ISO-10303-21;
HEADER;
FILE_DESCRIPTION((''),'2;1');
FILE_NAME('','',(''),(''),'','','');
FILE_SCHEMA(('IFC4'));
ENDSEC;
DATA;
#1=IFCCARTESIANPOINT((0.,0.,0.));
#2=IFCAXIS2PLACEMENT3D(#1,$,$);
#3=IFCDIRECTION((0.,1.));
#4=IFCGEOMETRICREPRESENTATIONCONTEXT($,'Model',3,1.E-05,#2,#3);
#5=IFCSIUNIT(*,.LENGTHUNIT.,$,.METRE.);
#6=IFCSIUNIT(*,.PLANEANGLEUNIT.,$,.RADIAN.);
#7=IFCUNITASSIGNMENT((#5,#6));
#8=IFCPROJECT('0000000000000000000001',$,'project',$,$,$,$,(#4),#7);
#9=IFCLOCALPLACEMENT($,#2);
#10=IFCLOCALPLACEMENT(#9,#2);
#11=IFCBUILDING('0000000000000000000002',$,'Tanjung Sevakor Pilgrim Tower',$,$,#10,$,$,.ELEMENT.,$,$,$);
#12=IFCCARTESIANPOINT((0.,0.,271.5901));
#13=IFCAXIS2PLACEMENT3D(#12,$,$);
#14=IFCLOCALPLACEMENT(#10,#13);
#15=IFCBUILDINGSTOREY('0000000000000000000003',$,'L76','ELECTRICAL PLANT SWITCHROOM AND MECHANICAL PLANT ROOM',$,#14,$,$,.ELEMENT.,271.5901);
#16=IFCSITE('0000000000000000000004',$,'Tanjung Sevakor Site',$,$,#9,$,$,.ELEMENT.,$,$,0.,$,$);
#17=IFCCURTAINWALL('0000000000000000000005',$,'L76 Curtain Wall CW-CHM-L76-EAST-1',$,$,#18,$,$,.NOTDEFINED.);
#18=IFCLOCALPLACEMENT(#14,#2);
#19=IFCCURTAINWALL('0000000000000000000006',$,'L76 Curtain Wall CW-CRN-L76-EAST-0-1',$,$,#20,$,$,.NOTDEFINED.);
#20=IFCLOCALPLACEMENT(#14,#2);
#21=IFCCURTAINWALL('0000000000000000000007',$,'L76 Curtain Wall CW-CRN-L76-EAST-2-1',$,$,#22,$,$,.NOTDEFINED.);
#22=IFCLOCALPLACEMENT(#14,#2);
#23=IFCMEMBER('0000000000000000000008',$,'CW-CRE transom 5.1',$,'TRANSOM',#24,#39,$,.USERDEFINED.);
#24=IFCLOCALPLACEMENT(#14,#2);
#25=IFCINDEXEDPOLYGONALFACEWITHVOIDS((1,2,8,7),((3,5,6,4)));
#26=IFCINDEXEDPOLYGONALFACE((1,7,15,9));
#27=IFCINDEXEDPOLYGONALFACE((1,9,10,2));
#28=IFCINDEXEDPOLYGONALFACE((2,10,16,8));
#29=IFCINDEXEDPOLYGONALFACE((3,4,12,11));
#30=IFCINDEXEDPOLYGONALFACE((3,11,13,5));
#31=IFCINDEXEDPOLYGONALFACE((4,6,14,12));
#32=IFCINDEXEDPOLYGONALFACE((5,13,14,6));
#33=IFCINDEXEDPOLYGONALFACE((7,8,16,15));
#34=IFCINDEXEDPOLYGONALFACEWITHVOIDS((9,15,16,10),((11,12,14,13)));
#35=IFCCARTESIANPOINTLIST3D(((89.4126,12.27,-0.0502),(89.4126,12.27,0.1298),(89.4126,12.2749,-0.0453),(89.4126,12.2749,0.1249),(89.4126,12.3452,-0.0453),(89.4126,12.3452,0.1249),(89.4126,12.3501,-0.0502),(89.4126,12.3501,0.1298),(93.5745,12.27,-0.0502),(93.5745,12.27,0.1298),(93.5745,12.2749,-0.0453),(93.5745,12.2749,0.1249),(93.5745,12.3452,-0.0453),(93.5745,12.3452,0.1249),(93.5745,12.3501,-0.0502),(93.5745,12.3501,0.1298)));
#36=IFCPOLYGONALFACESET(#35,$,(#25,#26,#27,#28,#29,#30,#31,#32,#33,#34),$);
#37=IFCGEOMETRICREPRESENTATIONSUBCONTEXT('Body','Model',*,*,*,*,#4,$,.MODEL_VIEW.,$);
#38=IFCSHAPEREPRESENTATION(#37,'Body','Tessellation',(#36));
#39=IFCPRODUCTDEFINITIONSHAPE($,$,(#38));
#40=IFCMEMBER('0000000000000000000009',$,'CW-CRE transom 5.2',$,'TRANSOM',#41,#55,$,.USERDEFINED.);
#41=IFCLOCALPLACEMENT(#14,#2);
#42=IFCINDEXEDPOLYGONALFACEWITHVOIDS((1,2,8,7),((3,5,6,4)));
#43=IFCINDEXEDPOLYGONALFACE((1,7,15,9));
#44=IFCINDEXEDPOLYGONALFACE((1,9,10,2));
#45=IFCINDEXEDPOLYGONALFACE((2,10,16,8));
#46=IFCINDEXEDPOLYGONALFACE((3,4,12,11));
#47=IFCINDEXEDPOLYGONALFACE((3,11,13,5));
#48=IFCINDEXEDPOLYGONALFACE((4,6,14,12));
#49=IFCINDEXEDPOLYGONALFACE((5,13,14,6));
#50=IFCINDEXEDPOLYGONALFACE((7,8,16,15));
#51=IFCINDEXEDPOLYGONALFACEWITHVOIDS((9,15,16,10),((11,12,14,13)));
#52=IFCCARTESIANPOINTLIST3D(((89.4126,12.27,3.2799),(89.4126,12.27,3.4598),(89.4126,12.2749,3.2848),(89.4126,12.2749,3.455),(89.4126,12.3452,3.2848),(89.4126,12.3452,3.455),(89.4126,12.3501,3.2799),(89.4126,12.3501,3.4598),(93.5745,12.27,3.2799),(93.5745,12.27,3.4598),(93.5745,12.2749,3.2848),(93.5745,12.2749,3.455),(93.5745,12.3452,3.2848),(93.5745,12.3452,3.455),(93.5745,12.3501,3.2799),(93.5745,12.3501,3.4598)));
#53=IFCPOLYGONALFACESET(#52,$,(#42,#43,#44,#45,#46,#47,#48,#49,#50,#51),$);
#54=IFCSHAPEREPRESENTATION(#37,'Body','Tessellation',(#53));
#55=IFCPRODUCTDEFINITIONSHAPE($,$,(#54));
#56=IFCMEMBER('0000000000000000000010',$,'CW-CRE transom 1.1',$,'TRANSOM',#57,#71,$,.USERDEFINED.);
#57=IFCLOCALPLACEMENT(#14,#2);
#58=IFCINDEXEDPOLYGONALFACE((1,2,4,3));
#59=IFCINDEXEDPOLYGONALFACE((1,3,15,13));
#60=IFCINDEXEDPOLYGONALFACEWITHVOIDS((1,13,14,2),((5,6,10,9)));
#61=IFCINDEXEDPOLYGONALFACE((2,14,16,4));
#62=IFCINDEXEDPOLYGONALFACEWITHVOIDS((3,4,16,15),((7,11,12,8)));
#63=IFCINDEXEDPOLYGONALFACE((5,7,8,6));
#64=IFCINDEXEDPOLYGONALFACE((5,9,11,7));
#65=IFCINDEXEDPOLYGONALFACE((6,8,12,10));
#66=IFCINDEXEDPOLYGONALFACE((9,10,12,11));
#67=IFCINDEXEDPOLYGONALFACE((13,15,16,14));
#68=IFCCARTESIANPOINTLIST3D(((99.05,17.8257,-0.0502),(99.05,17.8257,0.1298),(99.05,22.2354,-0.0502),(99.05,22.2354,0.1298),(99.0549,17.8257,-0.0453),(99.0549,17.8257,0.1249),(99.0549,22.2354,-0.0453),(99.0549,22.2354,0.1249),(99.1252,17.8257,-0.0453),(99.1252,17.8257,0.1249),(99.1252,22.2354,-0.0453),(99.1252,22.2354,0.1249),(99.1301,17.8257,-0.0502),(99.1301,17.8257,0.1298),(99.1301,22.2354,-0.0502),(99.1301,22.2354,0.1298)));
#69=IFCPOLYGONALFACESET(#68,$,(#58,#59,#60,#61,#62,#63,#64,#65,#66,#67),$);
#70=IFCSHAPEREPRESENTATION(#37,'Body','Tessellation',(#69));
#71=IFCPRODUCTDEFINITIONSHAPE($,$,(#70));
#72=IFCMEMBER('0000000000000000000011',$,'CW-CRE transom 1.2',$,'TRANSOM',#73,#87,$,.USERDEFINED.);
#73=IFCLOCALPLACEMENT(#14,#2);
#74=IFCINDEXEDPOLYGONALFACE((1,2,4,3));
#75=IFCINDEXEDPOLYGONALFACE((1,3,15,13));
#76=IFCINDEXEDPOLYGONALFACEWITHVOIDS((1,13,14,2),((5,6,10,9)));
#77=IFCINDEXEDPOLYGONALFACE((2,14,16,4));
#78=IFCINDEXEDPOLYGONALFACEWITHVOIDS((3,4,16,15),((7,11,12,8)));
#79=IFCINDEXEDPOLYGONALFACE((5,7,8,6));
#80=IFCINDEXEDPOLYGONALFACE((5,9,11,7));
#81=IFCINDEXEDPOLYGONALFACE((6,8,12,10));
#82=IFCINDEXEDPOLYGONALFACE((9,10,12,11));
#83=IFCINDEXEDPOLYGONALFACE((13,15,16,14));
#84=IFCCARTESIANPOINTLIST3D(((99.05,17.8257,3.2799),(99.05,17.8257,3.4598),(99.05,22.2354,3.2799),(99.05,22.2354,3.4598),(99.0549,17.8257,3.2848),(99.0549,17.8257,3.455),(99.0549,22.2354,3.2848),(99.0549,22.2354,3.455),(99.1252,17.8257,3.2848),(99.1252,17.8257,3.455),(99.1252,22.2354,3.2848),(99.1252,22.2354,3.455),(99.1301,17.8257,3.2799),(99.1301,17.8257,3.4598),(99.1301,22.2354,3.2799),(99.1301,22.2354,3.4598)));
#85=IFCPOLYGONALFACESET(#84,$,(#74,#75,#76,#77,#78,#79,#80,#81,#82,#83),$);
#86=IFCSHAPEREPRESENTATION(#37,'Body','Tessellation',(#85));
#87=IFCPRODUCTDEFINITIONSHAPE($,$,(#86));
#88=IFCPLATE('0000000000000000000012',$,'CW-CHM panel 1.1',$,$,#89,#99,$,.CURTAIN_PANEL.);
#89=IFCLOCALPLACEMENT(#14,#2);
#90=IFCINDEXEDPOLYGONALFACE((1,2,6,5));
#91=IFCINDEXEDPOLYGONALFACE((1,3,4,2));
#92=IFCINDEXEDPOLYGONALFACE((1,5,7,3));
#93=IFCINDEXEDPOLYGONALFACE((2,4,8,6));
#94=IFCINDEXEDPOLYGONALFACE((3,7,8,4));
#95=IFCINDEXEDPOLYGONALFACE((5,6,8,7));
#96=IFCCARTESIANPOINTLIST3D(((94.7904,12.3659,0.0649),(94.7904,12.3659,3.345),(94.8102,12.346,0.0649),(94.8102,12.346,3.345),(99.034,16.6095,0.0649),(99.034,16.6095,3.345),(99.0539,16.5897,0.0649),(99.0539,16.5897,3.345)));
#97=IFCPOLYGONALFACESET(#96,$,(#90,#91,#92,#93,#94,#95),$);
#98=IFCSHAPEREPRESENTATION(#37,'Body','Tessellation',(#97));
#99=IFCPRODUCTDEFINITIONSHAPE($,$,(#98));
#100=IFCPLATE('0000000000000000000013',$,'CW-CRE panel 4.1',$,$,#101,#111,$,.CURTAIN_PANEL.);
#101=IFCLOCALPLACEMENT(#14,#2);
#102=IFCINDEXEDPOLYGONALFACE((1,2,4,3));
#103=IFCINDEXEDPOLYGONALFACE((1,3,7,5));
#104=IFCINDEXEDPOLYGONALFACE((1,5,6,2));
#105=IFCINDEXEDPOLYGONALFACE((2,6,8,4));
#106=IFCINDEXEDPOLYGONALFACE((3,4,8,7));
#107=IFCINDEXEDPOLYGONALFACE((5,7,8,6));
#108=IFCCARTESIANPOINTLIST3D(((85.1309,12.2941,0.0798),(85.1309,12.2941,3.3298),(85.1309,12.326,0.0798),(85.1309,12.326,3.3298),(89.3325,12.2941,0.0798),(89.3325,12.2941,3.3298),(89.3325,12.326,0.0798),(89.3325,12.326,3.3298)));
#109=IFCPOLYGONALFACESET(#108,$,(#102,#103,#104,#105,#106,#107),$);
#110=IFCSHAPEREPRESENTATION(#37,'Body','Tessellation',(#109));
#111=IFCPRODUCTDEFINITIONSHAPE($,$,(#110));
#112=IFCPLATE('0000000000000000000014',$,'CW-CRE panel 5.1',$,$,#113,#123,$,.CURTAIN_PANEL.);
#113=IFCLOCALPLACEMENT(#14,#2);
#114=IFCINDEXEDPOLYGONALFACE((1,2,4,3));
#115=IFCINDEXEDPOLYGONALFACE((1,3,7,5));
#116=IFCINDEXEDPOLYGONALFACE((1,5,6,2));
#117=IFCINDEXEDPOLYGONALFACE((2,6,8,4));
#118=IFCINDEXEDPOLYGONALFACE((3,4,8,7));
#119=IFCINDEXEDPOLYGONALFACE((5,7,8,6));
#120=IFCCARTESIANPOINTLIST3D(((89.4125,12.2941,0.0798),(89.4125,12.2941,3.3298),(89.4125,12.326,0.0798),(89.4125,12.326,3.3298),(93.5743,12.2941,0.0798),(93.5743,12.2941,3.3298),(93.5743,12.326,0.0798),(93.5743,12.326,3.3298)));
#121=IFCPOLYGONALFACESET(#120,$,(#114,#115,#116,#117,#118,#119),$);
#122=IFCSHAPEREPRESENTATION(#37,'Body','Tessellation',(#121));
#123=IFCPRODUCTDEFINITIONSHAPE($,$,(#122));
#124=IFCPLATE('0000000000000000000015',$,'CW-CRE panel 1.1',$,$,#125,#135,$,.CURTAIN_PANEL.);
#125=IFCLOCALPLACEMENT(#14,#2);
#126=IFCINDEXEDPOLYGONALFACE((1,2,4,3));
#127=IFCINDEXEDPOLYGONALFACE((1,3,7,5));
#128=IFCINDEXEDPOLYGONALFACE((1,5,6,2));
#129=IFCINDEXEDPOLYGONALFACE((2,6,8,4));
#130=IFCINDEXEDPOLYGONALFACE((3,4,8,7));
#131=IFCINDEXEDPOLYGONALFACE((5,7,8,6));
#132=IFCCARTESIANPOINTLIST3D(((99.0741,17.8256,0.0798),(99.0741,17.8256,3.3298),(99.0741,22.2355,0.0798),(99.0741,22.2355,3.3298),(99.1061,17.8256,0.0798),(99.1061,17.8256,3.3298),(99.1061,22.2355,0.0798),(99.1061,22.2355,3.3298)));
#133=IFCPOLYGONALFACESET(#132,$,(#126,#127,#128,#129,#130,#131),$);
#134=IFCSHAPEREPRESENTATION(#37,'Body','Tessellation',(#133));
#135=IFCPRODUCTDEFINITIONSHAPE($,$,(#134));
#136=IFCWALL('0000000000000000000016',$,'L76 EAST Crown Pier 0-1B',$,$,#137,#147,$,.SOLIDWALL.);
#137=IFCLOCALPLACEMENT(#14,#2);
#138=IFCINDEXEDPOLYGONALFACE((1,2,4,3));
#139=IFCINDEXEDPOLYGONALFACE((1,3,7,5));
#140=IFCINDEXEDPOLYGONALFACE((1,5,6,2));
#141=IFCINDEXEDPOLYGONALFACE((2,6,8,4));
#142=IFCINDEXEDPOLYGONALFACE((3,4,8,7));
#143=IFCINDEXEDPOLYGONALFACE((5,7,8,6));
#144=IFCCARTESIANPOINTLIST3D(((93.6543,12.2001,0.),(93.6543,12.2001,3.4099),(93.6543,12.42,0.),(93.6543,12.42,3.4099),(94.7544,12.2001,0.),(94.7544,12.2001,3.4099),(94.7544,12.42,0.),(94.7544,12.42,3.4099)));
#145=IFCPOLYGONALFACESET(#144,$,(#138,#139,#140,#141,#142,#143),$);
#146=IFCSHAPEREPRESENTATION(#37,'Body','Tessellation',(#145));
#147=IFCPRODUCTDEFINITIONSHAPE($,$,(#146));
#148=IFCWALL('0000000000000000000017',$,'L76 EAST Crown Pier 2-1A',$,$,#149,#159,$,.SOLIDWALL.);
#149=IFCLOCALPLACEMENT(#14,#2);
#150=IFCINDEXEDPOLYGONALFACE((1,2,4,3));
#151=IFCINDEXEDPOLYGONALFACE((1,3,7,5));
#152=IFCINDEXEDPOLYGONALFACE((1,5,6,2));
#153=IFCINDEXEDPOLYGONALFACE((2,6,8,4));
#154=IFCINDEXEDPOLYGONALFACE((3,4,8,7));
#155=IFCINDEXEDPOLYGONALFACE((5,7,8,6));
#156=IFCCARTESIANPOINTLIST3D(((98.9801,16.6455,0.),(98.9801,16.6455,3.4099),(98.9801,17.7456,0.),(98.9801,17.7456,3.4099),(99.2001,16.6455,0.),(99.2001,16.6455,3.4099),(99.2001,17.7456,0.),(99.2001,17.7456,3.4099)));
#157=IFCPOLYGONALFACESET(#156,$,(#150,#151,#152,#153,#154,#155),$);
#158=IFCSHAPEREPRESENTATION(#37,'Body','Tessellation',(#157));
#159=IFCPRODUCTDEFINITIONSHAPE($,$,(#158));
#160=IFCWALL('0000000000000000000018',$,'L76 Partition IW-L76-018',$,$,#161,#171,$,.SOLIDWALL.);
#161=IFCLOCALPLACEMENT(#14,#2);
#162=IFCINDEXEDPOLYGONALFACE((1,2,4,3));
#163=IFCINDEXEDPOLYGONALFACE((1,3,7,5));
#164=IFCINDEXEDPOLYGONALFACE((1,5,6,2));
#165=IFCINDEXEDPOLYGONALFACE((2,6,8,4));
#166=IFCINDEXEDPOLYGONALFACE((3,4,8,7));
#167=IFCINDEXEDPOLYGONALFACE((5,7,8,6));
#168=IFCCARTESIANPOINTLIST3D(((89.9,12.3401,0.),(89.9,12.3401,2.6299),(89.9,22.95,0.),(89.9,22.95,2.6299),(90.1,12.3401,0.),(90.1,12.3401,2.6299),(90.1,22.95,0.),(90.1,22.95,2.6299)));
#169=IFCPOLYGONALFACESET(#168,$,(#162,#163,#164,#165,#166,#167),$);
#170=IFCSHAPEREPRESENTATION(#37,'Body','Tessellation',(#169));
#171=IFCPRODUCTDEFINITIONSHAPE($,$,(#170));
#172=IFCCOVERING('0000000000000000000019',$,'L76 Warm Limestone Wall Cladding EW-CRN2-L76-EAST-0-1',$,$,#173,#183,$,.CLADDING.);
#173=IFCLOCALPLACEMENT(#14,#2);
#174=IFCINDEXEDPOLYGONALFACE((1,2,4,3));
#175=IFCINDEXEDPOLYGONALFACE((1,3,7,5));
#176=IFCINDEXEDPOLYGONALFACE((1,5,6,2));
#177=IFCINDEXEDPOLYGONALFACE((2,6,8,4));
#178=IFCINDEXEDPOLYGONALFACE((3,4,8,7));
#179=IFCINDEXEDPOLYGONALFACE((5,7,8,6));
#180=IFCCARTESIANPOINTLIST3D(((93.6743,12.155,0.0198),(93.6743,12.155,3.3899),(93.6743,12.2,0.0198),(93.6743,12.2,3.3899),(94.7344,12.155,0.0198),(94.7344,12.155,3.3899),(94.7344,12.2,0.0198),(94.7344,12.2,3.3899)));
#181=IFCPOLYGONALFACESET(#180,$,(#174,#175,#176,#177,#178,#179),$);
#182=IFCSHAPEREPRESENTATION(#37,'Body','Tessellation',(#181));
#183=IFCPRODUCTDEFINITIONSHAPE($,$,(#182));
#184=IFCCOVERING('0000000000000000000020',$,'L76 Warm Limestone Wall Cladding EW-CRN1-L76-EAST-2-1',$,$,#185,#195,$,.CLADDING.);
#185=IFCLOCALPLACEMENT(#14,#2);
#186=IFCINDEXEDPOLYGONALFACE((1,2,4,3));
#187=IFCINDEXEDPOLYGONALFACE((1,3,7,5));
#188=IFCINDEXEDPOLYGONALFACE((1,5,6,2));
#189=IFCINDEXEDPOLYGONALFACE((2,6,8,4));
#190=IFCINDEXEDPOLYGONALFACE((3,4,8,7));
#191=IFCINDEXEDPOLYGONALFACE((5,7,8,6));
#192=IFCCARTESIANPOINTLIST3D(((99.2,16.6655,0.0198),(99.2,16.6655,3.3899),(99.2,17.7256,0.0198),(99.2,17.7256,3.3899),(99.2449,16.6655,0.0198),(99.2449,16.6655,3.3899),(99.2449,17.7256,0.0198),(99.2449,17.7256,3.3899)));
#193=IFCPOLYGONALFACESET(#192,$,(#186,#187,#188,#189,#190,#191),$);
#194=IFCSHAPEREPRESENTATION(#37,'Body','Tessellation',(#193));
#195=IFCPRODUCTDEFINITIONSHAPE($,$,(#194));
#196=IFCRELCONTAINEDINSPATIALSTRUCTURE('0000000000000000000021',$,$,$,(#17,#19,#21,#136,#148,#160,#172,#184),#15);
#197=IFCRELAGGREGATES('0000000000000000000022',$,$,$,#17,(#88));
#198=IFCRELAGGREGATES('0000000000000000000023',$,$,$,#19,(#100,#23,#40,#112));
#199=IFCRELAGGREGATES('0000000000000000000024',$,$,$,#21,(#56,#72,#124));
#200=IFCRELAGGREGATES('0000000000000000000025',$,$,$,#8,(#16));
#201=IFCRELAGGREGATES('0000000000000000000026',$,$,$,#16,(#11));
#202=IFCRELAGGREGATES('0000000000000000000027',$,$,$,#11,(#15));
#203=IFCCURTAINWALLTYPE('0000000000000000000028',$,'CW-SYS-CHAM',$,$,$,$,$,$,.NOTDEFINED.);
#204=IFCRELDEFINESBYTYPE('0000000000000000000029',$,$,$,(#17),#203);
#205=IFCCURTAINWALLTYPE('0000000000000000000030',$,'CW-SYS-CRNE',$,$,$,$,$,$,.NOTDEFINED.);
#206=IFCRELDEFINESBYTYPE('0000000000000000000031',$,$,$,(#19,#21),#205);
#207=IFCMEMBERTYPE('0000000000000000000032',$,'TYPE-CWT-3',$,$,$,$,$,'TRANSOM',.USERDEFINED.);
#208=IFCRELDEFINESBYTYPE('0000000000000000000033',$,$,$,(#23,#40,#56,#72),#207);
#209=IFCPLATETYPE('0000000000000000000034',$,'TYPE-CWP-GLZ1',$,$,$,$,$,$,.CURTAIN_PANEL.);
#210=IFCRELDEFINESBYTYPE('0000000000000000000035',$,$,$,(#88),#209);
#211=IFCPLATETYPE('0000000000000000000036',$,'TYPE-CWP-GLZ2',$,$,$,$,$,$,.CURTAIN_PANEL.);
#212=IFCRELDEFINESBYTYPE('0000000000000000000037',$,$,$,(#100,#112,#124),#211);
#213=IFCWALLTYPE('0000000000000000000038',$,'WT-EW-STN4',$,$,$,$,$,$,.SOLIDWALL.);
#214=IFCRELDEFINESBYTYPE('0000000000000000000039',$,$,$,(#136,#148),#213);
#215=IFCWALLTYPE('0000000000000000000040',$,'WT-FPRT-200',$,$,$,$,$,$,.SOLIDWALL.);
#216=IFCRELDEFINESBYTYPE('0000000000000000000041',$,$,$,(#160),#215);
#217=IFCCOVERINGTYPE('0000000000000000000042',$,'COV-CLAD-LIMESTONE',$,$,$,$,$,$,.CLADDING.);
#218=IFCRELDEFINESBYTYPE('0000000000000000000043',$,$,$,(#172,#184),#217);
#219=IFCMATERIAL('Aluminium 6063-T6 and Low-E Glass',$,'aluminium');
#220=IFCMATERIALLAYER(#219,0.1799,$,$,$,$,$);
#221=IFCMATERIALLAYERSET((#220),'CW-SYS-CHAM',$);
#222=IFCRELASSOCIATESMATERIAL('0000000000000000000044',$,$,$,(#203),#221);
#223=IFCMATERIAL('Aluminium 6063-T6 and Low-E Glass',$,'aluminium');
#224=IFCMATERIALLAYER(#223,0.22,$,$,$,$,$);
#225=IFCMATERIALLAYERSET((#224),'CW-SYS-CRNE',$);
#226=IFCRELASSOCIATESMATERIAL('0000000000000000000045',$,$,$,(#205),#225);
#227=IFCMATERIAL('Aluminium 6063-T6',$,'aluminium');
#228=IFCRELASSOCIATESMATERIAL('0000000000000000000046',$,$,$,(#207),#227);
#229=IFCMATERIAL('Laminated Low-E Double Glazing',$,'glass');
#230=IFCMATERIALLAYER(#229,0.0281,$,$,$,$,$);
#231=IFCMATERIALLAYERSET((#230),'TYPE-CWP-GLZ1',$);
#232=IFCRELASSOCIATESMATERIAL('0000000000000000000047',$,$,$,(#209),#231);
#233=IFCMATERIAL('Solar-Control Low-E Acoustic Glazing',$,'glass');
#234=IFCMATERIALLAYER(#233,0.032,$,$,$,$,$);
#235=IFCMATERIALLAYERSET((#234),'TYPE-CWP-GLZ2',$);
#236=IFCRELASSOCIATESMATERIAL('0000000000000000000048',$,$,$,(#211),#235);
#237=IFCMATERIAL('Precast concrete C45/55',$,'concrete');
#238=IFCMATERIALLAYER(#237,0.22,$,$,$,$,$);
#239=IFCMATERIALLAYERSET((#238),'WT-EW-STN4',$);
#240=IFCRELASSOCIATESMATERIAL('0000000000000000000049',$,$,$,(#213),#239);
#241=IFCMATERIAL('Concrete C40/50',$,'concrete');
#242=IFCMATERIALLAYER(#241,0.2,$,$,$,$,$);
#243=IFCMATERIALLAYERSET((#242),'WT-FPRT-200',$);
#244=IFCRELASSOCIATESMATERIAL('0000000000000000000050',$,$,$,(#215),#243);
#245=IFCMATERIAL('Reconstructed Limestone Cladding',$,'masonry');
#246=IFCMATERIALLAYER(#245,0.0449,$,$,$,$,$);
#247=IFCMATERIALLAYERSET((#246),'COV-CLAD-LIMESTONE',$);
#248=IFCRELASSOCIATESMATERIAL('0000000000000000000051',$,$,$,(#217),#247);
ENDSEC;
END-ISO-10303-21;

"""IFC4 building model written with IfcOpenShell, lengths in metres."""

from ifc_helpers import new_model, si_unit, direction, frame, frame_2d, origin, origin_2d, place, context, subcontext, project, spatial, rectangle, hollow_rectangle, extrude, material, layer, layer_set, material_profile, profile_set, type_object, element, aggregate, save


model = new_model("IFC4")

# Units and contexts
model_context = context("Model", 3, precision=1e-05, world=origin(), true_north=direction((0.0, 1.0)))
body_context = subcontext(model_context, "Body", "Model", "MODEL_VIEW")
ifc_project = project(units=[si_unit("LENGTHUNIT", "METRE"), si_unit("PLANEANGLEUNIT", "RADIAN")], contexts=[model_context])

# Site, building, storey
site_placement = place(None, origin())
site = spatial("IfcSite", under=ifc_project, at=site_placement, Name="Tanjung Sevakor Site", CompositionType="ELEMENT", RefElevation=0.0)
building_placement = place(site_placement, origin())
building = spatial("IfcBuilding", under=site, at=building_placement, Name="Tanjung Sevakor Pilgrim Tower", CompositionType="ELEMENT")
storey_placement = place(building_placement, frame((0.0, 0.0, 271.5901)))
storey = spatial("IfcBuildingStorey", under=building, at=storey_placement, Name="L76", Description="ELECTRICAL PLANT SWITCHROOM AND MECHANICAL PLANT ROOM", CompositionType="ELEMENT", Elevation=271.5901)

# Curtain walls
ifc_material_1 = material(Name="Aluminium 6063-T6 and Low-E Glass", Category="aluminium")
ifc_layer_1 = layer(ifc_material_1, 0.1799)
ifc_layer_set_1 = layer_set([ifc_layer_1], Name="CW-SYS-CHAM")
curtain_wall_type_1 = type_object("IfcCurtainWallType", Name="CW-SYS-CHAM", PredefinedType="NOTDEFINED", material=ifc_layer_set_1)
curtain_wall_1_placement = place(storey_placement, origin())
curtain_wall_1 = element("IfcCurtainWall", 1, at=curtain_wall_1_placement, inside=storey, type_object=curtain_wall_type_1, Name="L76 Curtain Wall CW-CHM-L76-EAST-1", PredefinedType="NOTDEFINED")
ifc_material_2 = material(Name="Aluminium 6063-T6 and Low-E Glass", Category="aluminium")
ifc_layer_2 = layer(ifc_material_2, 0.22)
ifc_layer_set_2 = layer_set([ifc_layer_2], Name="CW-SYS-CRNE")
curtain_wall_type_2 = type_object("IfcCurtainWallType", Name="CW-SYS-CRNE", PredefinedType="NOTDEFINED", material=ifc_layer_set_2)
curtain_wall_2_placement = place(storey_placement, origin())
curtain_wall_2 = element("IfcCurtainWall", 2, at=curtain_wall_2_placement, inside=storey, type_object=curtain_wall_type_2, Name="L76 Curtain Wall CW-CRN-L76-EAST-0-1", PredefinedType="NOTDEFINED")

# Curtain wall
curtain_wall_3_placement = place(storey_placement, origin())
curtain_wall_3 = element("IfcCurtainWall", 3, at=curtain_wall_3_placement, inside=storey, type_object=curtain_wall_type_2, Name="L76 Curtain Wall CW-CRN-L76-EAST-2-1", PredefinedType="NOTDEFINED")

# Members
ifc_material_3 = material(Name="Aluminium 6063-T6", Category="aluminium")
ifc_material_profile_1 = material_profile(ifc_material_3, hollow_rectangle(XDim=0.0801, YDim=0.1799, WallThickness=0.0049, at=origin_2d()))
ifc_profile_set_1 = profile_set([ifc_material_profile_1], Name="Aluminium 6063-T6")
member_type_1 = type_object("IfcMemberType", Name="TYPE-CWT-3", ElementType="TRANSOM", PredefinedType="USERDEFINED", material=ifc_profile_set_1)
member_1_placement = place(storey_placement, frame((89.4126, 12.3101, 0.0398), z_axis=(1.0, 0.0, 0.0), x_axis=(0.0, 1.0, 0.0)))
member_1 = element("IfcMember", 4, at=member_1_placement, type_object=member_type_1, Name="CW-CRE transom 5.1", ObjectType="TRANSOM", PredefinedType="USERDEFINED", context=body_context, shape_type="SweptSolid", body=[
    extrude(hollow_rectangle(XDim=0.0801, YDim=0.1799, WallThickness=0.0049, at=origin_2d()), origin(), (0.0, 0.0, 1.0), 4.1619),
])
member_2_placement = place(storey_placement, frame((89.4126, 12.3101, 3.3699), z_axis=(1.0, 0.0, 0.0), x_axis=(0.0, 1.0, 0.0)))
member_2 = element("IfcMember", 5, at=member_2_placement, type_object=member_type_1, Name="CW-CRE transom 5.2", ObjectType="TRANSOM", PredefinedType="USERDEFINED", context=body_context, shape_type="SweptSolid", body=[
    extrude(hollow_rectangle(XDim=0.0801, YDim=0.1799, WallThickness=0.0049, at=origin_2d()), origin(), (0.0, 0.0, 1.0), 4.1619),
])
member_3_placement = place(storey_placement, frame((99.0901, 17.8257, 0.0398), z_axis=(0.0, 1.0, 0.0), x_axis=(-1.0, 0.0, 0.0)))
member_3 = element("IfcMember", 6, at=member_3_placement, type_object=member_type_1, Name="CW-CRE transom 1.1", ObjectType="TRANSOM", PredefinedType="USERDEFINED", context=body_context, shape_type="SweptSolid", body=[
    extrude(hollow_rectangle(XDim=0.0801, YDim=0.1799, WallThickness=0.0049, at=origin_2d()), origin(), (0.0, 0.0, 1.0), 4.4097),
])
member_4_placement = place(storey_placement, frame((99.0901, 17.8257, 3.3699), z_axis=(0.0, 1.0, 0.0), x_axis=(-1.0, 0.0, 0.0)))
member_4 = element("IfcMember", 7, at=member_4_placement, type_object=member_type_1, Name="CW-CRE transom 1.2", ObjectType="TRANSOM", PredefinedType="USERDEFINED", context=body_context, shape_type="SweptSolid", body=[
    extrude(hollow_rectangle(XDim=0.0801, YDim=0.1799, WallThickness=0.0049, at=origin_2d()), origin(), (0.0, 0.0, 1.0), 4.4097),
])

# Plates
ifc_material_4 = material(Name="Laminated Low-E Double Glazing", Category="glass")
ifc_layer_3 = layer(ifc_material_4, 0.0281)
ifc_layer_set_3 = layer_set([ifc_layer_3], Name="TYPE-CWP-GLZ1")
plate_type_1 = type_object("IfcPlateType", Name="TYPE-CWP-GLZ1", PredefinedType="CURTAIN_PANEL", material=ifc_layer_set_3)
plate_1_placement = place(storey_placement, frame((96.9221, 14.4778, 0.0649), z_axis=(0.0, 0.0, 1.0), x_axis=(0.707107, 0.707107, 0.0)))
plate_1 = element("IfcPlate", 8, at=plate_1_placement, type_object=plate_type_1, Name="CW-CHM panel 1.1", PredefinedType="CURTAIN_PANEL", context=body_context, shape_type="SweptSolid", body=[
    extrude(rectangle(XDim=6.0015, YDim=0.0281, at=origin_2d()), origin(), (0.0, 0.0, 1.0), 3.28),
])
aggregate(curtain_wall_1, [plate_1])
ifc_material_5 = material(Name="Solar-Control Low-E Acoustic Glazing", Category="glass")
ifc_layer_4 = layer(ifc_material_5, 0.032)
ifc_layer_set_4 = layer_set([ifc_layer_4], Name="TYPE-CWP-GLZ2")
plate_type_2 = type_object("IfcPlateType", Name="TYPE-CWP-GLZ2", PredefinedType="CURTAIN_PANEL", material=ifc_layer_set_4)
plate_2_placement = place(storey_placement, frame((87.2317, 12.3101, 0.0798), z_axis=(0.0, 0.0, 1.0), x_axis=(1.0, 0.0, 0.0)))
plate_2 = element("IfcPlate", 9, at=plate_2_placement, type_object=plate_type_2, Name="CW-CRE panel 4.1", PredefinedType="CURTAIN_PANEL", context=body_context, shape_type="SweptSolid", body=[
    extrude(rectangle(XDim=4.2017, YDim=0.032, at=origin_2d()), origin(), (0.0, 0.0, 1.0), 3.25),
])
plate_3_placement = place(storey_placement, frame((91.4934, 12.3101, 0.0798), z_axis=(0.0, 0.0, 1.0), x_axis=(1.0, 0.0, 0.0)))
plate_3 = element("IfcPlate", 10, at=plate_3_placement, type_object=plate_type_2, Name="CW-CRE panel 5.1", PredefinedType="CURTAIN_PANEL", context=body_context, shape_type="SweptSolid", body=[
    extrude(rectangle(XDim=4.1619, YDim=0.032, at=origin_2d()), origin(), (0.0, 0.0, 1.0), 3.25),
])
aggregate(curtain_wall_2, [plate_2, member_1, member_2, plate_3])
plate_4_placement = place(storey_placement, frame((99.0901, 20.0305, 0.0798), z_axis=(0.0, 0.0, 1.0), x_axis=(0.0, 1.0, 0.0)))
plate_4 = element("IfcPlate", 11, at=plate_4_placement, type_object=plate_type_2, Name="CW-CRE panel 1.1", PredefinedType="CURTAIN_PANEL", context=body_context, shape_type="SweptSolid", body=[
    extrude(rectangle(XDim=4.4099, YDim=0.032, at=origin_2d()), origin(), (0.0, 0.0, 1.0), 3.25),
])
aggregate(curtain_wall_3, [member_3, member_4, plate_4])

# Walls
ifc_material_6 = material(Name="Precast concrete C45/55", Category="concrete")
ifc_layer_5 = layer(ifc_material_6, 0.22)
ifc_layer_set_5 = layer_set([ifc_layer_5], Name="WT-EW-STN4")
wall_type_1 = type_object("IfcWallType", Name="WT-EW-STN4", PredefinedType="SOLIDWALL", material=ifc_layer_set_5)
for number, where, z_axis, x_axis, name in (
    (12, (93.6543, 12.3101, 0.0), (0.0, 0.0, 1.0), (1.0, 0.0, 0.0), "L76 EAST Crown Pier 0-1B"),
    (13, (99.0901, 16.6455, 0.0), (0.0, 0.0, 1.0), (0.0, 1.0, 0.0), "L76 EAST Crown Pier 2-1A"),
):
    element("IfcWall", number, at=place(storey_placement, frame(where, z_axis=z_axis, x_axis=x_axis)), inside=storey, type_object=wall_type_1, Name=name, PredefinedType="SOLIDWALL", context=body_context, shape_type="SweptSolid", body=[
        extrude(rectangle(XDim=1.1001, YDim=0.22, at=frame_2d((0.55, 0.0))), origin(), (0.0, 0.0, 1.0), 3.4099),
    ])
ifc_material_7 = material(Name="Concrete C40/50", Category="concrete")
ifc_layer_6 = layer(ifc_material_7, 0.2)
ifc_layer_set_6 = layer_set([ifc_layer_6], Name="WT-FPRT-200")
wall_type_2 = type_object("IfcWallType", Name="WT-FPRT-200", PredefinedType="SOLIDWALL", material=ifc_layer_set_6)
wall_placement = place(storey_placement, frame((90.0, 12.3401, 0.0), z_axis=(0.0, 0.0, 1.0), x_axis=(0.0, 1.0, 0.0)))
element("IfcWall", 14, at=wall_placement, inside=storey, type_object=wall_type_2, Name="L76 Partition IW-L76-018", PredefinedType="SOLIDWALL", context=body_context, shape_type="SweptSolid", body=[
    extrude(rectangle(XDim=10.6099, YDim=0.2, at=frame_2d((5.3049, 0.0))), origin(), (0.0, 0.0, 1.0), 2.6299),
])

# Coverings
ifc_material_8 = material(Name="Reconstructed Limestone Cladding", Category="masonry")
ifc_layer_7 = layer(ifc_material_8, 0.0449)
ifc_layer_set_7 = layer_set([ifc_layer_7], Name="COV-CLAD-LIMESTONE")
covering_type = type_object("IfcCoveringType", Name="COV-CLAD-LIMESTONE", PredefinedType="CLADDING", material=ifc_layer_set_7)
for number, where, z_axis, x_axis, name in (
    (15, (94.2043, 12.1775, 0.0198), (0.0, 0.0, 1.0), (1.0, 0.0, 0.0), "L76 Warm Limestone Wall Cladding EW-CRN2-L76-EAST-0-1"),
    (16, (99.2224, 17.1956, 0.0198), (0.0, 0.0, 1.0), (0.0, 1.0, 0.0), "L76 Warm Limestone Wall Cladding EW-CRN1-L76-EAST-2-1"),
):
    element("IfcCovering", number, at=place(storey_placement, frame(where, z_axis=z_axis, x_axis=x_axis)), inside=storey, type_object=covering_type, Name=name, PredefinedType="CLADDING", context=body_context, shape_type="SweptSolid", body=[
        extrude(rectangle(XDim=1.0601, YDim=0.0449, at=origin_2d()), origin(), (0.0, 0.0, 1.0), 3.3701),
    ])

save(model, "model.ifc")
